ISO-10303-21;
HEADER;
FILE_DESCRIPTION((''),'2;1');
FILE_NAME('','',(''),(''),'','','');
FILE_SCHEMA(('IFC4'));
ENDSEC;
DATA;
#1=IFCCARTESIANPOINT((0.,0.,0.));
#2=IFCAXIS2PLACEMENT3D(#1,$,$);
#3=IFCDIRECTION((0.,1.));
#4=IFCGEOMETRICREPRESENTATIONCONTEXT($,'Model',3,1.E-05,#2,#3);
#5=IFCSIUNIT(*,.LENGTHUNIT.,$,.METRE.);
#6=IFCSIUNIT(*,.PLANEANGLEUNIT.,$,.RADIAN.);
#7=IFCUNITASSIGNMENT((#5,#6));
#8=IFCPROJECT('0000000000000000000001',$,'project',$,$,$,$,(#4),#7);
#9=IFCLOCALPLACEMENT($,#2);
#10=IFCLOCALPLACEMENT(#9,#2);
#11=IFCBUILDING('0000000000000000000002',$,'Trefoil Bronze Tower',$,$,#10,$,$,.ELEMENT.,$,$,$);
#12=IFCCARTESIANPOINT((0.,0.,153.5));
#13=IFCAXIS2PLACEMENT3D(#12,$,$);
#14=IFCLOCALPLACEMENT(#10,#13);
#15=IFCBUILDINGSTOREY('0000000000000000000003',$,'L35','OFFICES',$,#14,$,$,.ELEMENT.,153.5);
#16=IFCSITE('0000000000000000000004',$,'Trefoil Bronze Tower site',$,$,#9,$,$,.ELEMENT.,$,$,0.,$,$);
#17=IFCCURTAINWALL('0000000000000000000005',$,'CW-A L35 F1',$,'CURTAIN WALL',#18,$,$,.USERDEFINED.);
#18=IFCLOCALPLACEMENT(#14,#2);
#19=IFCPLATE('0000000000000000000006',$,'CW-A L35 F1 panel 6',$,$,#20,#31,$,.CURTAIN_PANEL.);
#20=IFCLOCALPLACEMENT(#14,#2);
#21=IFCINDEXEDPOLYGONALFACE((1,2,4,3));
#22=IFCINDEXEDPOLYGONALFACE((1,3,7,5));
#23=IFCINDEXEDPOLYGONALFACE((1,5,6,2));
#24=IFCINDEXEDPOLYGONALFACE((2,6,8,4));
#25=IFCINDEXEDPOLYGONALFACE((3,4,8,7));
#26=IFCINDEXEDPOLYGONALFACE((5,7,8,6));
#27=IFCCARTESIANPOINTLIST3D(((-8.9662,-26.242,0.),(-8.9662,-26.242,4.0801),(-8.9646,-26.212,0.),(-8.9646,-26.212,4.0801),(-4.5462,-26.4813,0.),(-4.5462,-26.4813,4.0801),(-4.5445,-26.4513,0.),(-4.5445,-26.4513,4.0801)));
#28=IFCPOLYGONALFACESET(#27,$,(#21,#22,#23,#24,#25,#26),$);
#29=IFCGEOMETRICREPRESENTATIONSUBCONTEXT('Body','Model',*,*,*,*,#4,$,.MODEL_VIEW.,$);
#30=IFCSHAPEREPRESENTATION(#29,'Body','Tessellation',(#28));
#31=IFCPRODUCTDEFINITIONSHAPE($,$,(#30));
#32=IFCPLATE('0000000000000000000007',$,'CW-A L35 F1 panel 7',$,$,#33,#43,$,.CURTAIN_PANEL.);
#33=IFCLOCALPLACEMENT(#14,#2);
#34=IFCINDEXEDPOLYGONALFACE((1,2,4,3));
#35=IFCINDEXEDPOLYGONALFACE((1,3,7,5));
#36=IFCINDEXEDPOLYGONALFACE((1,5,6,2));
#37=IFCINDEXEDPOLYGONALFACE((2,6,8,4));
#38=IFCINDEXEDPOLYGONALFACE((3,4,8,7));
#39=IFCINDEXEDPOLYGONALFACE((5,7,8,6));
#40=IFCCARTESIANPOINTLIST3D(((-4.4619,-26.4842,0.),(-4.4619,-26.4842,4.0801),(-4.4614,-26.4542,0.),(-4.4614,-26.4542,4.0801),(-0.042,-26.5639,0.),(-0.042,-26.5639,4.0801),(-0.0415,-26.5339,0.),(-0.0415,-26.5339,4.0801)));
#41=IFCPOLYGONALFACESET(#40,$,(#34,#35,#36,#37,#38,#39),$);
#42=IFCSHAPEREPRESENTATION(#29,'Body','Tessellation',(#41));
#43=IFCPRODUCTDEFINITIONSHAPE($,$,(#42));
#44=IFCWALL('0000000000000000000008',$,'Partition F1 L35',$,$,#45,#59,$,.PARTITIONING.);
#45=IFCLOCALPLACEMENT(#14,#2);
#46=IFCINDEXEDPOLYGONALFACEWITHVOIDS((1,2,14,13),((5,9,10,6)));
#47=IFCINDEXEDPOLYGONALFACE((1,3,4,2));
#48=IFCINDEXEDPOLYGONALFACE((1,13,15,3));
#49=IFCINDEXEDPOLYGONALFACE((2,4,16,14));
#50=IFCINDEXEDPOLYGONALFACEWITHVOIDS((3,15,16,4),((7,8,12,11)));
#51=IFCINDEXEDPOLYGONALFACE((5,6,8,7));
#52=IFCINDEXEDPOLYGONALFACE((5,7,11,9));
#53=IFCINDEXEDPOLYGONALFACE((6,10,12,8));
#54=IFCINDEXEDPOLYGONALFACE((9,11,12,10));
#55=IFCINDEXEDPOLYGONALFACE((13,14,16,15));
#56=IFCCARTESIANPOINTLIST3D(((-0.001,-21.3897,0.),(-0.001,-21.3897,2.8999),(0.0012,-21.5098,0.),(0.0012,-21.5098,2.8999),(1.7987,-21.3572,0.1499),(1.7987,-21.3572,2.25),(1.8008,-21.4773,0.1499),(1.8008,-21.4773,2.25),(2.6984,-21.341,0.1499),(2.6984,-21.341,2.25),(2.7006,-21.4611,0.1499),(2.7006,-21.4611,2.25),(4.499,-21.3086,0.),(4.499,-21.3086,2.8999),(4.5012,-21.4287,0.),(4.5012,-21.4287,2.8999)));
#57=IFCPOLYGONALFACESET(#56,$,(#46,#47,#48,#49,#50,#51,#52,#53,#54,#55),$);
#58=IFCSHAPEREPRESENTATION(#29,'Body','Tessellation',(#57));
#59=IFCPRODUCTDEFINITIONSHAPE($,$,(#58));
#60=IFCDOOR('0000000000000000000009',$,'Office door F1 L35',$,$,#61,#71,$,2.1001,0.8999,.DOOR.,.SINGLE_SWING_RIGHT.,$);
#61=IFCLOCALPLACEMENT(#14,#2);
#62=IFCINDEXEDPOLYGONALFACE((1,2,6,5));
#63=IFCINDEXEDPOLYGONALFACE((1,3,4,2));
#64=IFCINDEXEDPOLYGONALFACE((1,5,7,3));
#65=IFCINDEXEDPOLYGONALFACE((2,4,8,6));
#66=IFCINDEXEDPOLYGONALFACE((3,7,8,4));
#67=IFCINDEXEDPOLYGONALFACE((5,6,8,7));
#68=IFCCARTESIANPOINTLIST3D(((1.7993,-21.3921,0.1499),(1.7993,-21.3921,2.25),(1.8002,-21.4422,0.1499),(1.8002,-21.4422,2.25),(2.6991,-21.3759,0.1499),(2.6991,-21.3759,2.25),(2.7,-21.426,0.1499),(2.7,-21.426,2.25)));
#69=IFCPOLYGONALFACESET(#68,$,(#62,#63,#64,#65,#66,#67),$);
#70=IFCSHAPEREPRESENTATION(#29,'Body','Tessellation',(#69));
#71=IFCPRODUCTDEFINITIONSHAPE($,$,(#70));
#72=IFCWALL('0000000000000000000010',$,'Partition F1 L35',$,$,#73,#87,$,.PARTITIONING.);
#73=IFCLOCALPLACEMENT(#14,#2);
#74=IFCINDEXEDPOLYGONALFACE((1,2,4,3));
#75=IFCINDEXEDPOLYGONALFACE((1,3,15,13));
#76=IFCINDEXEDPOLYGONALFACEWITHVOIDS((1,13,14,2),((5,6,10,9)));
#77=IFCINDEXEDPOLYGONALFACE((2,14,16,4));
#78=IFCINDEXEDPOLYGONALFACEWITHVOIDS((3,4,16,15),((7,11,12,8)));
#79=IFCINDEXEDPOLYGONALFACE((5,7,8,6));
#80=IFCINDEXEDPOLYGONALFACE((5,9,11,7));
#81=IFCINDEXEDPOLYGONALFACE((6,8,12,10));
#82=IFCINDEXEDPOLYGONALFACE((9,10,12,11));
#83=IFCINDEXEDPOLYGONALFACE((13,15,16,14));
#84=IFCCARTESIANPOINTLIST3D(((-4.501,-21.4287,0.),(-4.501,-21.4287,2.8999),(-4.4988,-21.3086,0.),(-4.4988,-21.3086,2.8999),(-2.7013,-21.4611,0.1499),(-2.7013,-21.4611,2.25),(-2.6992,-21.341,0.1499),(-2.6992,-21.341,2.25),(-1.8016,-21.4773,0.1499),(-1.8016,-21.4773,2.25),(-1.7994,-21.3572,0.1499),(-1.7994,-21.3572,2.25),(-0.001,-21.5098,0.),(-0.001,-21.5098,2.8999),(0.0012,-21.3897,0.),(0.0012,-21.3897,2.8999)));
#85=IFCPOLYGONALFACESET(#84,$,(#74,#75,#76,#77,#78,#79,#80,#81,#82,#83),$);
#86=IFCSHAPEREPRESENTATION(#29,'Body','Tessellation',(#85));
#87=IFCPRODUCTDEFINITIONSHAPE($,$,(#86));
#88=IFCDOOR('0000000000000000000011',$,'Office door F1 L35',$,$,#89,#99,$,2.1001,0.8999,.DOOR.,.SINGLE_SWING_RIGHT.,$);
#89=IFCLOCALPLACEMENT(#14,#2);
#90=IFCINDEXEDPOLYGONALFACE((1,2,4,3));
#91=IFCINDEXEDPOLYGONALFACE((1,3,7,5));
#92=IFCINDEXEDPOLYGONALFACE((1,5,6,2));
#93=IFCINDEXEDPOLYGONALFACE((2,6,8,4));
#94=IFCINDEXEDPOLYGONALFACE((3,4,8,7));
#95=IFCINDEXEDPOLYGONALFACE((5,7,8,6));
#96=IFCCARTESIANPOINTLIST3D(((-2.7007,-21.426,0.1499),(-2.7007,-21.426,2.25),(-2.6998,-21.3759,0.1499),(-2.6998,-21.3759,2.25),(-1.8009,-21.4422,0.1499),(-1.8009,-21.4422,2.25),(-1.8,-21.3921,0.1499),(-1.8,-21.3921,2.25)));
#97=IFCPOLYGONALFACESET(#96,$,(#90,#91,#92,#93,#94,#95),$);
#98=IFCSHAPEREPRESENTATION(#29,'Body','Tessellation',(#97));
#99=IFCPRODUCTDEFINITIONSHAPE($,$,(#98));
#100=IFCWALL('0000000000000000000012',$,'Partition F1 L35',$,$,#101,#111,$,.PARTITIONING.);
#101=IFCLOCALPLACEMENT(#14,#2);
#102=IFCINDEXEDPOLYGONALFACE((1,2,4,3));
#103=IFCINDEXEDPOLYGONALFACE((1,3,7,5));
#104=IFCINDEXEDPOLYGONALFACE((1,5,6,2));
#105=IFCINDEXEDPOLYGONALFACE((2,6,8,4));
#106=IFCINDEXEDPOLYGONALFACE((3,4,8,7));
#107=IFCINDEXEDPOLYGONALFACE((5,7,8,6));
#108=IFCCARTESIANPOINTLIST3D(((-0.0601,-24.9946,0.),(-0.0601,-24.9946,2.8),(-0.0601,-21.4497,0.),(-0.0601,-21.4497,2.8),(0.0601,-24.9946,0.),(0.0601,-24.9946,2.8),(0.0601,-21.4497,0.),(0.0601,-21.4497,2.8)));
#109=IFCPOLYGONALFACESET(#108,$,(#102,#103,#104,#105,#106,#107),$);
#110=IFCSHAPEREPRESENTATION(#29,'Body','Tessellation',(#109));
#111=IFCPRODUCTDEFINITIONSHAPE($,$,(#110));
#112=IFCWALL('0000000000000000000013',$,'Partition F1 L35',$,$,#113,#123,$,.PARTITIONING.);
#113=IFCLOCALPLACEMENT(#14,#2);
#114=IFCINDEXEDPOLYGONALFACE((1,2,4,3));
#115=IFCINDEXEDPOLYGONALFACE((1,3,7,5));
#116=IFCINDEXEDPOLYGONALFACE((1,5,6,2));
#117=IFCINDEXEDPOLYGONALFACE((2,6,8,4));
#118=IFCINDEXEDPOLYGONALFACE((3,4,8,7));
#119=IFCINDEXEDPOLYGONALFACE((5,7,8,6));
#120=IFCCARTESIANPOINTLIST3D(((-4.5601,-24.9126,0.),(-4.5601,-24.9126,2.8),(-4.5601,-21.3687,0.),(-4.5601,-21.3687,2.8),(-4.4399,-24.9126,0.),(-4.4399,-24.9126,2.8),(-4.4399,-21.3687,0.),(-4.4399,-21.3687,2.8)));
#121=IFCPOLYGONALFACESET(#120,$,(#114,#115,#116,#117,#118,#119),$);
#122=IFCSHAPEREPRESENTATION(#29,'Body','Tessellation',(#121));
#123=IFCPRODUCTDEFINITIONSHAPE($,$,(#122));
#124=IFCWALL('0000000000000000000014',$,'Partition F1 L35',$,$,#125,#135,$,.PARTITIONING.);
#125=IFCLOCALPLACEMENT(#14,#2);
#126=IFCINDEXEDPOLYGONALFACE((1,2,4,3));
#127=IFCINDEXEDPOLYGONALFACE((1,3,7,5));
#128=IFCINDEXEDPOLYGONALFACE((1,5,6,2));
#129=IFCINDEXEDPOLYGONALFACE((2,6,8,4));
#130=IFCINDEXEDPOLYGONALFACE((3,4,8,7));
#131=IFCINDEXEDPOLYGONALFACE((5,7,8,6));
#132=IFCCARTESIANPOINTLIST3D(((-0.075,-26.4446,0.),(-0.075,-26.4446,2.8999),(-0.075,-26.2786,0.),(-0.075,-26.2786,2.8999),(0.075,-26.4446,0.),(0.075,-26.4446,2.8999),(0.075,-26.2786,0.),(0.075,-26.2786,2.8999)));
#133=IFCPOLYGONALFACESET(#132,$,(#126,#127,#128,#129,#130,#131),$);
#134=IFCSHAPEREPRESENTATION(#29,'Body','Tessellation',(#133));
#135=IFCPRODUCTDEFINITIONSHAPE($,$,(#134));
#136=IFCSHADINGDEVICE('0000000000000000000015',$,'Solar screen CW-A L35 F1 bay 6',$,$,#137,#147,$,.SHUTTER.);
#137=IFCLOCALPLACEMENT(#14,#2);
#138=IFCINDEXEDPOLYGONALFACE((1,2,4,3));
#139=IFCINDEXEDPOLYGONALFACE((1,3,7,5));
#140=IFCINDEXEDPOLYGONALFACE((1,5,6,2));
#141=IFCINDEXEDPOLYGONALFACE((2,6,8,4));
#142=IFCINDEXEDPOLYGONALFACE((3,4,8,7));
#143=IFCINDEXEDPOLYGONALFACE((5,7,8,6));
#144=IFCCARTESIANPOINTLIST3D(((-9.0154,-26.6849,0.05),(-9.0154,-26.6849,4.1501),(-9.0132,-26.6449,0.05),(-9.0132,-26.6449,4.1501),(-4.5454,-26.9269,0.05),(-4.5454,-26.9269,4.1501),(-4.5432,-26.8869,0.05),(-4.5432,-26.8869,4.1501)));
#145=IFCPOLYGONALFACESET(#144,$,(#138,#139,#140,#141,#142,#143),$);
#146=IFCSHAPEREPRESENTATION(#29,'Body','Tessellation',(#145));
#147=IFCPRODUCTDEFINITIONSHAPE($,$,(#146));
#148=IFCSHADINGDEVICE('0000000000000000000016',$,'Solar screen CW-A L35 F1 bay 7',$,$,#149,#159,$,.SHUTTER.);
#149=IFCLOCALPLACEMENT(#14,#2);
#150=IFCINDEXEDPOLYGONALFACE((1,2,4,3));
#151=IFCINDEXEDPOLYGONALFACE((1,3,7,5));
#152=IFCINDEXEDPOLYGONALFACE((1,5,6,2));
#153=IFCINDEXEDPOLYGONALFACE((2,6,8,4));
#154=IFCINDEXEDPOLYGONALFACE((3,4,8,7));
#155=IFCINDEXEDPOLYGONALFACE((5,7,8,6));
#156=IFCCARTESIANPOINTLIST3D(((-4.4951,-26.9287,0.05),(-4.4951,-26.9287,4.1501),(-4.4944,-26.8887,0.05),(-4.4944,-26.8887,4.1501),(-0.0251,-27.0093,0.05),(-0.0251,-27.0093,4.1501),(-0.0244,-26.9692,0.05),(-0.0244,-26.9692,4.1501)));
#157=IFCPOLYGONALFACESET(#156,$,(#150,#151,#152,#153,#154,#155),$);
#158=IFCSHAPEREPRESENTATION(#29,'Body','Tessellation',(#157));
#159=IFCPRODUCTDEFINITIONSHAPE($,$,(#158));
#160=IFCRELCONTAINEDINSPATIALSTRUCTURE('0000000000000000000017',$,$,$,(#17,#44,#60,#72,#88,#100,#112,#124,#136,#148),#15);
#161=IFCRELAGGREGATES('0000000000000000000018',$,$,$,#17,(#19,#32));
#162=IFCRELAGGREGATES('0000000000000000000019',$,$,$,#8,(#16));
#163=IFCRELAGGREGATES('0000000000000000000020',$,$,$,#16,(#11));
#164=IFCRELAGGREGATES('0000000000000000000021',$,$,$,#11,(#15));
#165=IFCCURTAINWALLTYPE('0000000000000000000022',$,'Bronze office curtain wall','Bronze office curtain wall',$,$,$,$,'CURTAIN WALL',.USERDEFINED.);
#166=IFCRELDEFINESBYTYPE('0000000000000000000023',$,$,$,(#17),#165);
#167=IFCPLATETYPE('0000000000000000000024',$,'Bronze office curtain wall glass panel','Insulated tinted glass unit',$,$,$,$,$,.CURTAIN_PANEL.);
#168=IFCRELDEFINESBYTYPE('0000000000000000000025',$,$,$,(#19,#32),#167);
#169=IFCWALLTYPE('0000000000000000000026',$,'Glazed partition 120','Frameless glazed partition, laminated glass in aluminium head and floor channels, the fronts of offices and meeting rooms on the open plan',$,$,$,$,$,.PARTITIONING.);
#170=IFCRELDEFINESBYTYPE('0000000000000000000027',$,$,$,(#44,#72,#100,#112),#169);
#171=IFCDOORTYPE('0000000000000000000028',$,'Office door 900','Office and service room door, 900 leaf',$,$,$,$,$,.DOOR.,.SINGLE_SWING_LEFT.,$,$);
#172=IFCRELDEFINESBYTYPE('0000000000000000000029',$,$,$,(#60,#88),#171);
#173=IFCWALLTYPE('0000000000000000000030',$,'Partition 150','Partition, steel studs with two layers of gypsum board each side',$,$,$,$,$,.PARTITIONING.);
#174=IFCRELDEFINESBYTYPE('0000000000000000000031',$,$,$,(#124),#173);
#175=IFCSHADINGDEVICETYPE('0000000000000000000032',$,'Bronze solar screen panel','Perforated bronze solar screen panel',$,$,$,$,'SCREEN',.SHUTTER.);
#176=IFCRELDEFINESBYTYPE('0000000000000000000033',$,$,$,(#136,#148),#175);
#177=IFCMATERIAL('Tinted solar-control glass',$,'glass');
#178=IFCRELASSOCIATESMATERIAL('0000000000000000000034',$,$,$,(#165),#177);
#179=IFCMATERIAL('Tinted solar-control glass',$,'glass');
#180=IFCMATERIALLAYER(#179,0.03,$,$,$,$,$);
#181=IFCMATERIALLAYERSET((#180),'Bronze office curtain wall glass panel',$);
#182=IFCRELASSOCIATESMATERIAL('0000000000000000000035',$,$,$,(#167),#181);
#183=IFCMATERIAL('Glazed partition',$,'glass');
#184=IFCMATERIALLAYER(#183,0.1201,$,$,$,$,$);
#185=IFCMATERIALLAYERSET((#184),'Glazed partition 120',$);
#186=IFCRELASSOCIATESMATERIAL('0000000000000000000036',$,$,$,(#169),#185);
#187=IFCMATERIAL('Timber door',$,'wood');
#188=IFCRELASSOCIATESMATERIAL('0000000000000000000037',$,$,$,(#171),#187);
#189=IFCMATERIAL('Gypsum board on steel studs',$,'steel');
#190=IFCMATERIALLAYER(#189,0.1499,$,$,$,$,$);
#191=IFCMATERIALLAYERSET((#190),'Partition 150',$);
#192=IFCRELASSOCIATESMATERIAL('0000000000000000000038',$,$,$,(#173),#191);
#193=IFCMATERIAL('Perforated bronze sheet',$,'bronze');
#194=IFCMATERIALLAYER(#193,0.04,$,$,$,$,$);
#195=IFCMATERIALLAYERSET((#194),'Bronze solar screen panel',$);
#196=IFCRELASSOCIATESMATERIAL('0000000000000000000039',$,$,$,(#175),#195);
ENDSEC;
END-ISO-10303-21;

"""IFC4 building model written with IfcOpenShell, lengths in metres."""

from ifc_helpers import new_model, si_unit, direction, frame, frame_2d, origin, origin_2d, place, context, subcontext, project, spatial, rectangle, extrude, material, layer, layer_set, type_object, element, fill, aggregate, save


model = new_model("IFC4")

# Units and contexts
model_context = context("Model", 3, precision=1e-05, world=origin(), true_north=direction((0.0, 1.0)))
body_context = subcontext(model_context, "Body", "Model", "MODEL_VIEW")
ifc_project = project(units=[si_unit("LENGTHUNIT", "METRE"), si_unit("PLANEANGLEUNIT", "RADIAN")], contexts=[model_context])

# Site, building, storey
site_placement = place(None, origin())
site = spatial("IfcSite", under=ifc_project, at=site_placement, Name="Trefoil Bronze Tower site", CompositionType="ELEMENT", RefElevation=0.0)
building_placement = place(site_placement, origin())
building = spatial("IfcBuilding", under=site, at=building_placement, Name="Trefoil Bronze Tower", CompositionType="ELEMENT")
storey_placement = place(building_placement, frame((0.0, 0.0, 153.5)))
storey = spatial("IfcBuildingStorey", under=building, at=storey_placement, Name="L35", Description="OFFICES", CompositionType="ELEMENT", Elevation=153.5)

# Curtain wall
ifc_material_1 = material(Name="Tinted solar-control glass", Category="glass")
curtain_wall_type = type_object("IfcCurtainWallType", Name="Bronze office curtain wall", Description="Bronze office curtain wall", ElementType="CURTAIN WALL", PredefinedType="USERDEFINED", material=ifc_material_1)
curtain_wall_placement = place(storey_placement, origin())
curtain_wall = element("IfcCurtainWall", 1, at=curtain_wall_placement, inside=storey, type_object=curtain_wall_type, Name="CW-A L35 F1", ObjectType="CURTAIN WALL", PredefinedType="USERDEFINED")

# Plates
ifc_material_2 = material(Name="Tinted solar-control glass", Category="glass")
ifc_layer_1 = layer(ifc_material_2, 0.03)
ifc_layer_set_1 = layer_set([ifc_layer_1], Name="Bronze office curtain wall glass panel")
plate_type = type_object("IfcPlateType", Name="Bronze office curtain wall glass panel", Description="Insulated tinted glass unit", PredefinedType="CURTAIN_PANEL", material=ifc_layer_set_1)
plate_1_placement = place(storey_placement, frame((-6.7554, -26.3467, 0.0), z_axis=(0.0, 0.0, 1.0), x_axis=(0.998538, -0.054063, 0.0)))
plate_1 = element("IfcPlate", 2, at=plate_1_placement, type_object=plate_type, Name="CW-A L35 F1 panel 6", PredefinedType="CURTAIN_PANEL", context=body_context, shape_type="SweptSolid", body=[
    extrude(rectangle(XDim=4.4265, YDim=0.03, at=origin_2d()), origin(), (0.0, 0.0, 1.0), 4.0801),
])
plate_2_placement = place(storey_placement, frame((-2.2517, -26.509, 0.0), z_axis=(0.0, 0.0, 1.0), x_axis=(0.999838, -0.018021, 0.0)))
plate_2 = element("IfcPlate", 3, at=plate_2_placement, type_object=plate_type, Name="CW-A L35 F1 panel 7", PredefinedType="CURTAIN_PANEL", context=body_context, shape_type="SweptSolid", body=[
    extrude(rectangle(XDim=4.4207, YDim=0.03, at=origin_2d()), origin(), (0.0, 0.0, 1.0), 4.0801),
])
aggregate(curtain_wall, [plate_1, plate_2])

# Walls, openings, doors
ifc_material_3 = material(Name="Glazed partition", Category="glass")
ifc_layer_2 = layer(ifc_material_3, 0.1201)
ifc_layer_set_2 = layer_set([ifc_layer_2], Name="Glazed partition 120")
wall_type_1 = type_object("IfcWallType", Name="Glazed partition 120", Description="Frameless glazed partition, laminated glass in aluminium head and floor channels, the fronts of offices and meeting rooms on the open plan", PredefinedType="PARTITIONING", material=ifc_layer_set_2)
wall_1_placement = place(storey_placement, frame((0.0, -21.4497, 0.0), z_axis=(0.0, 0.0, 1.0), x_axis=(0.999838, 0.018009, 0.0)))
wall_1 = element("IfcWall", 4, at=wall_1_placement, inside=storey, type_object=wall_type_1, Name="Partition F1 L35", PredefinedType="PARTITIONING", context=body_context, shape_type="SweptSolid", body=[
    extrude(rectangle(XDim=4.5007, YDim=0.1201, at=frame_2d((2.2505, 0.0))), origin(), (0.0, 0.0, 1.0), 2.8999),
])
opening_1_placement = place(wall_1_placement, frame((1.8, 0.0, 0.1499)))
opening_1 = element("IfcOpeningElement", 5, at=opening_1_placement, cuts=wall_1, PredefinedType="OPENING", context=body_context, shape_type="SweptSolid", body=[
    extrude(rectangle(XDim=0.8999, YDim=2.1001, at=frame_2d((0.45, 1.05))), frame((0.0, 0.0701, 0.0), z_axis=(0.0, -1.0, 0.0), x_axis=(1.0, 0.0, 0.0)), (0.0, 0.0, 1.0), 0.1401),
])
ifc_material_4 = material(Name="Timber door", Category="wood")
door_type = type_object("IfcDoorType", Name="Office door 900", Description="Office and service room door, 900 leaf", OperationType="SINGLE_SWING_LEFT", PredefinedType="DOOR", material=ifc_material_4)
door_1_placement = place(opening_1_placement, frame((0.8999, 0.0, 0.0), z_axis=(0.0, 0.0, 1.0), x_axis=(-1.0, 0.0, 0.0)))
door_1 = element("IfcDoor", 6, at=door_1_placement, inside=storey, type_object=door_type, Name="Office door F1 L35", OperationType="SINGLE_SWING_RIGHT", OverallHeight=2.1001, OverallWidth=0.8999, PredefinedType="DOOR", context=body_context, shape_type="SweptSolid", body=[
    extrude(rectangle(XDim=0.8999, YDim=2.1001, at=frame_2d((0.45, 1.05))), frame((0.0, 0.0249, 0.0), z_axis=(0.0, -1.0, 0.0), x_axis=(1.0, 0.0, 0.0)), (0.0, 0.0, 1.0), 0.05),
])
fill(opening_1, door_1)
wall_2_placement = place(storey_placement, frame((-4.5, -21.3687, 0.0), z_axis=(0.0, 0.0, 1.0), x_axis=(0.999838, -0.018009, 0.0)))
wall_2 = element("IfcWall", 7, at=wall_2_placement, inside=storey, type_object=wall_type_1, Name="Partition F1 L35", PredefinedType="PARTITIONING", context=body_context, shape_type="SweptSolid", body=[
    extrude(rectangle(XDim=4.5007, YDim=0.1201, at=frame_2d((2.2505, 0.0))), origin(), (0.0, 0.0, 1.0), 2.8999),
])
opening_2_placement = place(wall_2_placement, frame((1.8, 0.0, 0.1499)))
opening_2 = element("IfcOpeningElement", 8, at=opening_2_placement, cuts=wall_2, PredefinedType="OPENING", context=body_context, shape_type="SweptSolid", body=[
    extrude(rectangle(XDim=0.8999, YDim=2.1001, at=frame_2d((0.45, 1.05))), frame((0.0, 0.0701, 0.0), z_axis=(0.0, -1.0, 0.0), x_axis=(1.0, 0.0, 0.0)), (0.0, 0.0, 1.0), 0.1401),
])
door_2_placement = place(opening_2_placement, frame((0.8999, 0.0, 0.0), z_axis=(0.0, 0.0, 1.0), x_axis=(-1.0, 0.0, 0.0)))
door_2 = element("IfcDoor", 9, at=door_2_placement, inside=storey, type_object=door_type, Name="Office door F1 L35", OperationType="SINGLE_SWING_RIGHT", OverallHeight=2.1001, OverallWidth=0.8999, PredefinedType="DOOR", context=body_context, shape_type="SweptSolid", body=[
    extrude(rectangle(XDim=0.8999, YDim=2.1001, at=frame_2d((0.45, 1.05))), frame((0.0, 0.0249, 0.0), z_axis=(0.0, -1.0, 0.0), x_axis=(1.0, 0.0, 0.0)), (0.0, 0.0, 1.0), 0.05),
])
fill(opening_2, door_2)

# Walls
wall_3_placement = place(storey_placement, frame((0.0, -21.4497, 0.0), z_axis=(0.0, 0.0, 1.0), x_axis=(0.0, -1.0, 0.0)))
element("IfcWall", 10, at=wall_3_placement, inside=storey, type_object=wall_type_1, Name="Partition F1 L35", PredefinedType="PARTITIONING", context=body_context, shape_type="SweptSolid", body=[
    extrude(rectangle(XDim=3.5449, YDim=0.1201, at=frame_2d((1.7725, 0.0))), origin(), (0.0, 0.0, 1.0), 2.8),
])
wall_4_placement = place(storey_placement, frame((-4.5, -21.3687, 0.0), z_axis=(0.0, 0.0, 1.0), x_axis=(0.0, -1.0, 0.0)))
element("IfcWall", 11, at=wall_4_placement, inside=storey, type_object=wall_type_1, Name="Partition F1 L35", PredefinedType="PARTITIONING", context=body_context, shape_type="SweptSolid", body=[
    extrude(rectangle(XDim=3.5439, YDim=0.1201, at=frame_2d((1.772, 0.0))), origin(), (0.0, 0.0, 1.0), 2.8),
])
ifc_material_5 = material(Name="Gypsum board on steel studs", Category="steel")
ifc_layer_3 = layer(ifc_material_5, 0.1499)
ifc_layer_set_3 = layer_set([ifc_layer_3], Name="Partition 150")
wall_type_2 = type_object("IfcWallType", Name="Partition 150", Description="Partition, steel studs with two layers of gypsum board each side", PredefinedType="PARTITIONING", material=ifc_layer_set_3)
wall_5_placement = place(storey_placement, frame((0.0, -26.2786, 0.0), z_axis=(0.0, 0.0, 1.0), x_axis=(0.0, -1.0, 0.0)))
element("IfcWall", 12, at=wall_5_placement, inside=storey, type_object=wall_type_2, Name="Partition F1 L35", PredefinedType="PARTITIONING", context=body_context, shape_type="SweptSolid", body=[
    extrude(rectangle(XDim=0.166, YDim=0.1499, at=frame_2d((0.083, 0.0))), origin(), (0.0, 0.0, 1.0), 2.8999),
])

# Shading devices
ifc_material_6 = material(Name="Perforated bronze sheet", Category="bronze")
ifc_layer_4 = layer(ifc_material_6, 0.04)
ifc_layer_set_4 = layer_set([ifc_layer_4], Name="Bronze solar screen panel")
shading_device_type = type_object("IfcShadingDeviceType", Name="Bronze solar screen panel", Description="Perforated bronze solar screen panel", ElementType="SCREEN", PredefinedType="SHUTTER", material=ifc_layer_set_4)
shading_device_1_placement = place(storey_placement, frame((-6.7793, -26.7859, 0.05), z_axis=(0.0, 0.0, 1.0), x_axis=(0.998538, -0.054063, 0.0)))
element("IfcShadingDevice", 13, at=shading_device_1_placement, inside=storey, type_object=shading_device_type, Name="Solar screen CW-A L35 F1 bay 6", PredefinedType="SHUTTER", context=body_context, shape_type="SweptSolid", body=[
    extrude(rectangle(XDim=4.4766, YDim=0.04, at=origin_2d()), origin(), (0.0, 0.0, 1.0), 4.1001),
])
shading_device_2_placement = place(storey_placement, frame((-2.2598, -26.949, 0.05), z_axis=(0.0, 0.0, 1.0), x_axis=(0.999838, -0.018021, 0.0)))
element("IfcShadingDevice", 14, at=shading_device_2_placement, inside=storey, type_object=shading_device_type, Name="Solar screen CW-A L35 F1 bay 7", PredefinedType="SHUTTER", context=body_context, shape_type="SweptSolid", body=[
    extrude(rectangle(XDim=4.4707, YDim=0.04, at=origin_2d()), origin(), (0.0, 0.0, 1.0), 4.1001),
])

save(model, "model.ifc")
